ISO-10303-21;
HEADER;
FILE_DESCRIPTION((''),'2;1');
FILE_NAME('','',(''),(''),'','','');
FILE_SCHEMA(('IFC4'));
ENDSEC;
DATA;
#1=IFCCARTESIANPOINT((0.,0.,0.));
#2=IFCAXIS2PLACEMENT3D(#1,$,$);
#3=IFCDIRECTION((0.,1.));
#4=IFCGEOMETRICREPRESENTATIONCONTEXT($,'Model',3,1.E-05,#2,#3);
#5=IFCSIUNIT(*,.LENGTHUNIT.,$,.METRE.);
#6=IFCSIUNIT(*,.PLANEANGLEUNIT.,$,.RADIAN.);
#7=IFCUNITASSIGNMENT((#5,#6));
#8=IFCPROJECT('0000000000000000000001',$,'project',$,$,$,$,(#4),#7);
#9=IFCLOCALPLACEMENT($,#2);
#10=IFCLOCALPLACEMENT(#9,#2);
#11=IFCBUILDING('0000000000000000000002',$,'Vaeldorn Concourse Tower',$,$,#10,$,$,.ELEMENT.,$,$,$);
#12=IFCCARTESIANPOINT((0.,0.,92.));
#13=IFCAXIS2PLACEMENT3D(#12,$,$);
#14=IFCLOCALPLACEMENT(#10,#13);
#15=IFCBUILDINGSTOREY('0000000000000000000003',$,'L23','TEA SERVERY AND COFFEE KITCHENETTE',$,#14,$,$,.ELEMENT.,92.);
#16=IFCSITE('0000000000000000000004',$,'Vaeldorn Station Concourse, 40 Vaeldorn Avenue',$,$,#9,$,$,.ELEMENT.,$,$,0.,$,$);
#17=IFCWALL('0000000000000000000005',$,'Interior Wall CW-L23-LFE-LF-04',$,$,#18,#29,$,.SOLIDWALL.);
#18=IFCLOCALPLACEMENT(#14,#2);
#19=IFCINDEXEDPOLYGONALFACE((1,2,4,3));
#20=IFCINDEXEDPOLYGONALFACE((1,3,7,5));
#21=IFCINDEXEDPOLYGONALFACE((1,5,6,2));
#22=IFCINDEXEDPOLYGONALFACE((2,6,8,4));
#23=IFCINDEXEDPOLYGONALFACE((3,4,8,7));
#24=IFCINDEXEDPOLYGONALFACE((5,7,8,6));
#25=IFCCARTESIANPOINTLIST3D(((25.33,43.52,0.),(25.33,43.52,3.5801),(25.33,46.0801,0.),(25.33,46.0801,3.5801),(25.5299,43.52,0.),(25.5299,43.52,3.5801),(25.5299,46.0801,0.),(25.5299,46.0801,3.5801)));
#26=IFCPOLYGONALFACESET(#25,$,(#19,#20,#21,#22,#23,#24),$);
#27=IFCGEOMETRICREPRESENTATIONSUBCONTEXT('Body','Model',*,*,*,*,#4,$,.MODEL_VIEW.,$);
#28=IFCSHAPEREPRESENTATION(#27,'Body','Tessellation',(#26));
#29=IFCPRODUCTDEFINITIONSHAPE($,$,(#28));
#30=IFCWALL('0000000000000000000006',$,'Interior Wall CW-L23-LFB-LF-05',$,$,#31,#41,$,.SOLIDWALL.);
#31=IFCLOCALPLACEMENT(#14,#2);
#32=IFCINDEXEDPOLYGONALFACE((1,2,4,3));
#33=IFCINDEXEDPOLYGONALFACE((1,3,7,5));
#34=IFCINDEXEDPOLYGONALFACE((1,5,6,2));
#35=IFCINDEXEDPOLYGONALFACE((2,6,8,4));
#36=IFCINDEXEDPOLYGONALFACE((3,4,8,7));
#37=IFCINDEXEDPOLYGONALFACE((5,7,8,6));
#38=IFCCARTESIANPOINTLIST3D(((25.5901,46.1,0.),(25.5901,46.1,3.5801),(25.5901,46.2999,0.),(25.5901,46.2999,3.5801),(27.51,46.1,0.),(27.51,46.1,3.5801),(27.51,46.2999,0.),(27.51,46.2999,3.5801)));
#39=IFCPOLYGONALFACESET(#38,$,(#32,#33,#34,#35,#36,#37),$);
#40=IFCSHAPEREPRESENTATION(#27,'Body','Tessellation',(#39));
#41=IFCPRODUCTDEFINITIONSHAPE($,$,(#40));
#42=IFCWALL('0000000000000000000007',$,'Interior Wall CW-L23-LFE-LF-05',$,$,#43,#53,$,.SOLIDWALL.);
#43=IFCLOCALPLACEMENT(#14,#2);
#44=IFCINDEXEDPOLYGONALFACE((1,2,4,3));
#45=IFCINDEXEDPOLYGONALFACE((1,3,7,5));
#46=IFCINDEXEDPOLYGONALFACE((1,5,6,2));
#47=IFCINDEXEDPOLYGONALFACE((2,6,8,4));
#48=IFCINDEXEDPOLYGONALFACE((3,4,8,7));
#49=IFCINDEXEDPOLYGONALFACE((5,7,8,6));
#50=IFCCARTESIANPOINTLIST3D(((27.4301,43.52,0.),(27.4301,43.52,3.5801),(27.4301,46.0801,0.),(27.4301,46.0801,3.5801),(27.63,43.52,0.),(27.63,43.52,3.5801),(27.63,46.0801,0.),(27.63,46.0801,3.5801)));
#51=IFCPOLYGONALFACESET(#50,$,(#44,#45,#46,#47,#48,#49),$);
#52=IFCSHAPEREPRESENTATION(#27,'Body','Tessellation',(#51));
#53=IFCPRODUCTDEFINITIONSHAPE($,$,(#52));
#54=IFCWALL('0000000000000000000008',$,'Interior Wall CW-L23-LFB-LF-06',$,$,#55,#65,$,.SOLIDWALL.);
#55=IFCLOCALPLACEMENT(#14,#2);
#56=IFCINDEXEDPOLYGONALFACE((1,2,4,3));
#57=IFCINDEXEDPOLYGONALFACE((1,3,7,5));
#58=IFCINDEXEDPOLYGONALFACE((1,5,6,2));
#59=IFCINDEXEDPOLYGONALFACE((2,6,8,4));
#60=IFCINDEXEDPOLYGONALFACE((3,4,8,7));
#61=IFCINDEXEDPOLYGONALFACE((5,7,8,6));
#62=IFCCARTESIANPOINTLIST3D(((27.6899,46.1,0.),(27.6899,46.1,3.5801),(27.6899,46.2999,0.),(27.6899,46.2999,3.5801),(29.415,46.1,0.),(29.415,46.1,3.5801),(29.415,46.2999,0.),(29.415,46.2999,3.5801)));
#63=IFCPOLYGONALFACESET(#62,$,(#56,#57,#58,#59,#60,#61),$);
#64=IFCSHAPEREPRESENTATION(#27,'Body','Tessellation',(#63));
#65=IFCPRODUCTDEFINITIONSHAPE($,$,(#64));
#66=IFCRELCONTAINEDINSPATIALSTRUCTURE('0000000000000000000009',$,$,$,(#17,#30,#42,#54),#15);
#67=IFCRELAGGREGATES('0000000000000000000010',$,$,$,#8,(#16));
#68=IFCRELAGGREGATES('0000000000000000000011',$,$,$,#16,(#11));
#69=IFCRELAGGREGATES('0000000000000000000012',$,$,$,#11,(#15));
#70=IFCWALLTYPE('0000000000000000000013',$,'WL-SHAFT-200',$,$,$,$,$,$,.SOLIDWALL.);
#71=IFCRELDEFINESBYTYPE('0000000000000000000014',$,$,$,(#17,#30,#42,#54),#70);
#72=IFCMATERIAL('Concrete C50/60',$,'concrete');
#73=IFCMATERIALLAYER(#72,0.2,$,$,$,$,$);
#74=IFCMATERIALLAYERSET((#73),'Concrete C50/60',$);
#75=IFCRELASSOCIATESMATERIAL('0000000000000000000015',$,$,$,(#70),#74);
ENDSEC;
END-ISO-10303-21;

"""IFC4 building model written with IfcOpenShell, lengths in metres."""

from ifc_helpers import new_model, si_unit, direction, frame, frame_2d, origin, place, context, subcontext, project, spatial, rectangle, extrude, material, layer, layer_set, type_object, element, save


model = new_model("IFC4")

# Units and contexts
model_context = context("Model", 3, precision=1e-05, world=origin(), true_north=direction((0.0, 1.0)))
body_context = subcontext(model_context, "Body", "Model", "MODEL_VIEW")
ifc_project = project(units=[si_unit("LENGTHUNIT", "METRE"), si_unit("PLANEANGLEUNIT", "RADIAN")], contexts=[model_context])

# Site, building, storey
site_placement = place(None, origin())
site = spatial("IfcSite", under=ifc_project, at=site_placement, Name="Vaeldorn Station Concourse, 40 Vaeldorn Avenue", CompositionType="ELEMENT", RefElevation=0.0)
building_placement = place(site_placement, origin())
building = spatial("IfcBuilding", under=site, at=building_placement, Name="Vaeldorn Concourse Tower", CompositionType="ELEMENT")
storey_placement = place(building_placement, frame((0.0, 0.0, 92.0)))
storey = spatial("IfcBuildingStorey", under=building, at=storey_placement, Name="L23", Description="TEA SERVERY AND COFFEE KITCHENETTE", CompositionType="ELEMENT", Elevation=92.0)

# Shared definitions
ifc_material_1 = material(Name="Concrete C50/60", Category="concrete")
ifc_layer_1 = layer(ifc_material_1, 0.2)
ifc_layer_set_1 = layer_set([ifc_layer_1], Name="Concrete C50/60")
wall_type_1 = type_object("IfcWallType", Name="WL-SHAFT-200", PredefinedType="SOLIDWALL", material=ifc_layer_set_1)

# Wall
wall_1_placement = place(storey_placement, frame((25.4299, 43.52, 0.0), z_axis=(0.0, 0.0, 1.0), x_axis=(0.0, 1.0, 0.0)))
element("IfcWall", 1, at=wall_1_placement, inside=storey, type_object=wall_type_1, Name="Interior Wall CW-L23-LFE-LF-04", PredefinedType="SOLIDWALL", context=body_context, shape_type="SweptSolid", body=[
    extrude(rectangle(XDim=2.5601, YDim=0.2, at=frame_2d((1.28, 0.0))), origin(), (0.0, 0.0, 1.0), 3.5801),
])

# Walls
wall_2_placement = place(storey_placement, frame((25.5901, 46.2, 0.0), z_axis=(0.0, 0.0, 1.0), x_axis=(1.0, 0.0, 0.0)))
element("IfcWall", 2, at=wall_2_placement, inside=storey, type_object=wall_type_1, Name="Interior Wall CW-L23-LFB-LF-05", PredefinedType="SOLIDWALL", context=body_context, shape_type="SweptSolid", body=[
    extrude(rectangle(XDim=1.9199, YDim=0.2, at=frame_2d((0.96, 0.0))), origin(), (0.0, 0.0, 1.0), 3.5801),
])
wall_3_placement = place(storey_placement, frame((27.53, 43.52, 0.0), z_axis=(0.0, 0.0, 1.0), x_axis=(0.0, 1.0, 0.0)))
element("IfcWall", 3, at=wall_3_placement, inside=storey, type_object=wall_type_1, Name="Interior Wall CW-L23-LFE-LF-05", PredefinedType="SOLIDWALL", context=body_context, shape_type="SweptSolid", body=[
    extrude(rectangle(XDim=2.5601, YDim=0.2, at=frame_2d((1.28, 0.0))), origin(), (0.0, 0.0, 1.0), 3.5801),
])

# Wall
wall_4_placement = place(storey_placement, frame((27.6899, 46.2, 0.0), z_axis=(0.0, 0.0, 1.0), x_axis=(1.0, 0.0, 0.0)))
element("IfcWall", 4, at=wall_4_placement, inside=storey, type_object=wall_type_1, Name="Interior Wall CW-L23-LFB-LF-06", PredefinedType="SOLIDWALL", context=body_context, shape_type="SweptSolid", body=[
    extrude(rectangle(XDim=1.7251, YDim=0.2, at=frame_2d((0.8625, 0.0))), origin(), (0.0, 0.0, 1.0), 3.5801),
])

save(model, "model.ifc")
